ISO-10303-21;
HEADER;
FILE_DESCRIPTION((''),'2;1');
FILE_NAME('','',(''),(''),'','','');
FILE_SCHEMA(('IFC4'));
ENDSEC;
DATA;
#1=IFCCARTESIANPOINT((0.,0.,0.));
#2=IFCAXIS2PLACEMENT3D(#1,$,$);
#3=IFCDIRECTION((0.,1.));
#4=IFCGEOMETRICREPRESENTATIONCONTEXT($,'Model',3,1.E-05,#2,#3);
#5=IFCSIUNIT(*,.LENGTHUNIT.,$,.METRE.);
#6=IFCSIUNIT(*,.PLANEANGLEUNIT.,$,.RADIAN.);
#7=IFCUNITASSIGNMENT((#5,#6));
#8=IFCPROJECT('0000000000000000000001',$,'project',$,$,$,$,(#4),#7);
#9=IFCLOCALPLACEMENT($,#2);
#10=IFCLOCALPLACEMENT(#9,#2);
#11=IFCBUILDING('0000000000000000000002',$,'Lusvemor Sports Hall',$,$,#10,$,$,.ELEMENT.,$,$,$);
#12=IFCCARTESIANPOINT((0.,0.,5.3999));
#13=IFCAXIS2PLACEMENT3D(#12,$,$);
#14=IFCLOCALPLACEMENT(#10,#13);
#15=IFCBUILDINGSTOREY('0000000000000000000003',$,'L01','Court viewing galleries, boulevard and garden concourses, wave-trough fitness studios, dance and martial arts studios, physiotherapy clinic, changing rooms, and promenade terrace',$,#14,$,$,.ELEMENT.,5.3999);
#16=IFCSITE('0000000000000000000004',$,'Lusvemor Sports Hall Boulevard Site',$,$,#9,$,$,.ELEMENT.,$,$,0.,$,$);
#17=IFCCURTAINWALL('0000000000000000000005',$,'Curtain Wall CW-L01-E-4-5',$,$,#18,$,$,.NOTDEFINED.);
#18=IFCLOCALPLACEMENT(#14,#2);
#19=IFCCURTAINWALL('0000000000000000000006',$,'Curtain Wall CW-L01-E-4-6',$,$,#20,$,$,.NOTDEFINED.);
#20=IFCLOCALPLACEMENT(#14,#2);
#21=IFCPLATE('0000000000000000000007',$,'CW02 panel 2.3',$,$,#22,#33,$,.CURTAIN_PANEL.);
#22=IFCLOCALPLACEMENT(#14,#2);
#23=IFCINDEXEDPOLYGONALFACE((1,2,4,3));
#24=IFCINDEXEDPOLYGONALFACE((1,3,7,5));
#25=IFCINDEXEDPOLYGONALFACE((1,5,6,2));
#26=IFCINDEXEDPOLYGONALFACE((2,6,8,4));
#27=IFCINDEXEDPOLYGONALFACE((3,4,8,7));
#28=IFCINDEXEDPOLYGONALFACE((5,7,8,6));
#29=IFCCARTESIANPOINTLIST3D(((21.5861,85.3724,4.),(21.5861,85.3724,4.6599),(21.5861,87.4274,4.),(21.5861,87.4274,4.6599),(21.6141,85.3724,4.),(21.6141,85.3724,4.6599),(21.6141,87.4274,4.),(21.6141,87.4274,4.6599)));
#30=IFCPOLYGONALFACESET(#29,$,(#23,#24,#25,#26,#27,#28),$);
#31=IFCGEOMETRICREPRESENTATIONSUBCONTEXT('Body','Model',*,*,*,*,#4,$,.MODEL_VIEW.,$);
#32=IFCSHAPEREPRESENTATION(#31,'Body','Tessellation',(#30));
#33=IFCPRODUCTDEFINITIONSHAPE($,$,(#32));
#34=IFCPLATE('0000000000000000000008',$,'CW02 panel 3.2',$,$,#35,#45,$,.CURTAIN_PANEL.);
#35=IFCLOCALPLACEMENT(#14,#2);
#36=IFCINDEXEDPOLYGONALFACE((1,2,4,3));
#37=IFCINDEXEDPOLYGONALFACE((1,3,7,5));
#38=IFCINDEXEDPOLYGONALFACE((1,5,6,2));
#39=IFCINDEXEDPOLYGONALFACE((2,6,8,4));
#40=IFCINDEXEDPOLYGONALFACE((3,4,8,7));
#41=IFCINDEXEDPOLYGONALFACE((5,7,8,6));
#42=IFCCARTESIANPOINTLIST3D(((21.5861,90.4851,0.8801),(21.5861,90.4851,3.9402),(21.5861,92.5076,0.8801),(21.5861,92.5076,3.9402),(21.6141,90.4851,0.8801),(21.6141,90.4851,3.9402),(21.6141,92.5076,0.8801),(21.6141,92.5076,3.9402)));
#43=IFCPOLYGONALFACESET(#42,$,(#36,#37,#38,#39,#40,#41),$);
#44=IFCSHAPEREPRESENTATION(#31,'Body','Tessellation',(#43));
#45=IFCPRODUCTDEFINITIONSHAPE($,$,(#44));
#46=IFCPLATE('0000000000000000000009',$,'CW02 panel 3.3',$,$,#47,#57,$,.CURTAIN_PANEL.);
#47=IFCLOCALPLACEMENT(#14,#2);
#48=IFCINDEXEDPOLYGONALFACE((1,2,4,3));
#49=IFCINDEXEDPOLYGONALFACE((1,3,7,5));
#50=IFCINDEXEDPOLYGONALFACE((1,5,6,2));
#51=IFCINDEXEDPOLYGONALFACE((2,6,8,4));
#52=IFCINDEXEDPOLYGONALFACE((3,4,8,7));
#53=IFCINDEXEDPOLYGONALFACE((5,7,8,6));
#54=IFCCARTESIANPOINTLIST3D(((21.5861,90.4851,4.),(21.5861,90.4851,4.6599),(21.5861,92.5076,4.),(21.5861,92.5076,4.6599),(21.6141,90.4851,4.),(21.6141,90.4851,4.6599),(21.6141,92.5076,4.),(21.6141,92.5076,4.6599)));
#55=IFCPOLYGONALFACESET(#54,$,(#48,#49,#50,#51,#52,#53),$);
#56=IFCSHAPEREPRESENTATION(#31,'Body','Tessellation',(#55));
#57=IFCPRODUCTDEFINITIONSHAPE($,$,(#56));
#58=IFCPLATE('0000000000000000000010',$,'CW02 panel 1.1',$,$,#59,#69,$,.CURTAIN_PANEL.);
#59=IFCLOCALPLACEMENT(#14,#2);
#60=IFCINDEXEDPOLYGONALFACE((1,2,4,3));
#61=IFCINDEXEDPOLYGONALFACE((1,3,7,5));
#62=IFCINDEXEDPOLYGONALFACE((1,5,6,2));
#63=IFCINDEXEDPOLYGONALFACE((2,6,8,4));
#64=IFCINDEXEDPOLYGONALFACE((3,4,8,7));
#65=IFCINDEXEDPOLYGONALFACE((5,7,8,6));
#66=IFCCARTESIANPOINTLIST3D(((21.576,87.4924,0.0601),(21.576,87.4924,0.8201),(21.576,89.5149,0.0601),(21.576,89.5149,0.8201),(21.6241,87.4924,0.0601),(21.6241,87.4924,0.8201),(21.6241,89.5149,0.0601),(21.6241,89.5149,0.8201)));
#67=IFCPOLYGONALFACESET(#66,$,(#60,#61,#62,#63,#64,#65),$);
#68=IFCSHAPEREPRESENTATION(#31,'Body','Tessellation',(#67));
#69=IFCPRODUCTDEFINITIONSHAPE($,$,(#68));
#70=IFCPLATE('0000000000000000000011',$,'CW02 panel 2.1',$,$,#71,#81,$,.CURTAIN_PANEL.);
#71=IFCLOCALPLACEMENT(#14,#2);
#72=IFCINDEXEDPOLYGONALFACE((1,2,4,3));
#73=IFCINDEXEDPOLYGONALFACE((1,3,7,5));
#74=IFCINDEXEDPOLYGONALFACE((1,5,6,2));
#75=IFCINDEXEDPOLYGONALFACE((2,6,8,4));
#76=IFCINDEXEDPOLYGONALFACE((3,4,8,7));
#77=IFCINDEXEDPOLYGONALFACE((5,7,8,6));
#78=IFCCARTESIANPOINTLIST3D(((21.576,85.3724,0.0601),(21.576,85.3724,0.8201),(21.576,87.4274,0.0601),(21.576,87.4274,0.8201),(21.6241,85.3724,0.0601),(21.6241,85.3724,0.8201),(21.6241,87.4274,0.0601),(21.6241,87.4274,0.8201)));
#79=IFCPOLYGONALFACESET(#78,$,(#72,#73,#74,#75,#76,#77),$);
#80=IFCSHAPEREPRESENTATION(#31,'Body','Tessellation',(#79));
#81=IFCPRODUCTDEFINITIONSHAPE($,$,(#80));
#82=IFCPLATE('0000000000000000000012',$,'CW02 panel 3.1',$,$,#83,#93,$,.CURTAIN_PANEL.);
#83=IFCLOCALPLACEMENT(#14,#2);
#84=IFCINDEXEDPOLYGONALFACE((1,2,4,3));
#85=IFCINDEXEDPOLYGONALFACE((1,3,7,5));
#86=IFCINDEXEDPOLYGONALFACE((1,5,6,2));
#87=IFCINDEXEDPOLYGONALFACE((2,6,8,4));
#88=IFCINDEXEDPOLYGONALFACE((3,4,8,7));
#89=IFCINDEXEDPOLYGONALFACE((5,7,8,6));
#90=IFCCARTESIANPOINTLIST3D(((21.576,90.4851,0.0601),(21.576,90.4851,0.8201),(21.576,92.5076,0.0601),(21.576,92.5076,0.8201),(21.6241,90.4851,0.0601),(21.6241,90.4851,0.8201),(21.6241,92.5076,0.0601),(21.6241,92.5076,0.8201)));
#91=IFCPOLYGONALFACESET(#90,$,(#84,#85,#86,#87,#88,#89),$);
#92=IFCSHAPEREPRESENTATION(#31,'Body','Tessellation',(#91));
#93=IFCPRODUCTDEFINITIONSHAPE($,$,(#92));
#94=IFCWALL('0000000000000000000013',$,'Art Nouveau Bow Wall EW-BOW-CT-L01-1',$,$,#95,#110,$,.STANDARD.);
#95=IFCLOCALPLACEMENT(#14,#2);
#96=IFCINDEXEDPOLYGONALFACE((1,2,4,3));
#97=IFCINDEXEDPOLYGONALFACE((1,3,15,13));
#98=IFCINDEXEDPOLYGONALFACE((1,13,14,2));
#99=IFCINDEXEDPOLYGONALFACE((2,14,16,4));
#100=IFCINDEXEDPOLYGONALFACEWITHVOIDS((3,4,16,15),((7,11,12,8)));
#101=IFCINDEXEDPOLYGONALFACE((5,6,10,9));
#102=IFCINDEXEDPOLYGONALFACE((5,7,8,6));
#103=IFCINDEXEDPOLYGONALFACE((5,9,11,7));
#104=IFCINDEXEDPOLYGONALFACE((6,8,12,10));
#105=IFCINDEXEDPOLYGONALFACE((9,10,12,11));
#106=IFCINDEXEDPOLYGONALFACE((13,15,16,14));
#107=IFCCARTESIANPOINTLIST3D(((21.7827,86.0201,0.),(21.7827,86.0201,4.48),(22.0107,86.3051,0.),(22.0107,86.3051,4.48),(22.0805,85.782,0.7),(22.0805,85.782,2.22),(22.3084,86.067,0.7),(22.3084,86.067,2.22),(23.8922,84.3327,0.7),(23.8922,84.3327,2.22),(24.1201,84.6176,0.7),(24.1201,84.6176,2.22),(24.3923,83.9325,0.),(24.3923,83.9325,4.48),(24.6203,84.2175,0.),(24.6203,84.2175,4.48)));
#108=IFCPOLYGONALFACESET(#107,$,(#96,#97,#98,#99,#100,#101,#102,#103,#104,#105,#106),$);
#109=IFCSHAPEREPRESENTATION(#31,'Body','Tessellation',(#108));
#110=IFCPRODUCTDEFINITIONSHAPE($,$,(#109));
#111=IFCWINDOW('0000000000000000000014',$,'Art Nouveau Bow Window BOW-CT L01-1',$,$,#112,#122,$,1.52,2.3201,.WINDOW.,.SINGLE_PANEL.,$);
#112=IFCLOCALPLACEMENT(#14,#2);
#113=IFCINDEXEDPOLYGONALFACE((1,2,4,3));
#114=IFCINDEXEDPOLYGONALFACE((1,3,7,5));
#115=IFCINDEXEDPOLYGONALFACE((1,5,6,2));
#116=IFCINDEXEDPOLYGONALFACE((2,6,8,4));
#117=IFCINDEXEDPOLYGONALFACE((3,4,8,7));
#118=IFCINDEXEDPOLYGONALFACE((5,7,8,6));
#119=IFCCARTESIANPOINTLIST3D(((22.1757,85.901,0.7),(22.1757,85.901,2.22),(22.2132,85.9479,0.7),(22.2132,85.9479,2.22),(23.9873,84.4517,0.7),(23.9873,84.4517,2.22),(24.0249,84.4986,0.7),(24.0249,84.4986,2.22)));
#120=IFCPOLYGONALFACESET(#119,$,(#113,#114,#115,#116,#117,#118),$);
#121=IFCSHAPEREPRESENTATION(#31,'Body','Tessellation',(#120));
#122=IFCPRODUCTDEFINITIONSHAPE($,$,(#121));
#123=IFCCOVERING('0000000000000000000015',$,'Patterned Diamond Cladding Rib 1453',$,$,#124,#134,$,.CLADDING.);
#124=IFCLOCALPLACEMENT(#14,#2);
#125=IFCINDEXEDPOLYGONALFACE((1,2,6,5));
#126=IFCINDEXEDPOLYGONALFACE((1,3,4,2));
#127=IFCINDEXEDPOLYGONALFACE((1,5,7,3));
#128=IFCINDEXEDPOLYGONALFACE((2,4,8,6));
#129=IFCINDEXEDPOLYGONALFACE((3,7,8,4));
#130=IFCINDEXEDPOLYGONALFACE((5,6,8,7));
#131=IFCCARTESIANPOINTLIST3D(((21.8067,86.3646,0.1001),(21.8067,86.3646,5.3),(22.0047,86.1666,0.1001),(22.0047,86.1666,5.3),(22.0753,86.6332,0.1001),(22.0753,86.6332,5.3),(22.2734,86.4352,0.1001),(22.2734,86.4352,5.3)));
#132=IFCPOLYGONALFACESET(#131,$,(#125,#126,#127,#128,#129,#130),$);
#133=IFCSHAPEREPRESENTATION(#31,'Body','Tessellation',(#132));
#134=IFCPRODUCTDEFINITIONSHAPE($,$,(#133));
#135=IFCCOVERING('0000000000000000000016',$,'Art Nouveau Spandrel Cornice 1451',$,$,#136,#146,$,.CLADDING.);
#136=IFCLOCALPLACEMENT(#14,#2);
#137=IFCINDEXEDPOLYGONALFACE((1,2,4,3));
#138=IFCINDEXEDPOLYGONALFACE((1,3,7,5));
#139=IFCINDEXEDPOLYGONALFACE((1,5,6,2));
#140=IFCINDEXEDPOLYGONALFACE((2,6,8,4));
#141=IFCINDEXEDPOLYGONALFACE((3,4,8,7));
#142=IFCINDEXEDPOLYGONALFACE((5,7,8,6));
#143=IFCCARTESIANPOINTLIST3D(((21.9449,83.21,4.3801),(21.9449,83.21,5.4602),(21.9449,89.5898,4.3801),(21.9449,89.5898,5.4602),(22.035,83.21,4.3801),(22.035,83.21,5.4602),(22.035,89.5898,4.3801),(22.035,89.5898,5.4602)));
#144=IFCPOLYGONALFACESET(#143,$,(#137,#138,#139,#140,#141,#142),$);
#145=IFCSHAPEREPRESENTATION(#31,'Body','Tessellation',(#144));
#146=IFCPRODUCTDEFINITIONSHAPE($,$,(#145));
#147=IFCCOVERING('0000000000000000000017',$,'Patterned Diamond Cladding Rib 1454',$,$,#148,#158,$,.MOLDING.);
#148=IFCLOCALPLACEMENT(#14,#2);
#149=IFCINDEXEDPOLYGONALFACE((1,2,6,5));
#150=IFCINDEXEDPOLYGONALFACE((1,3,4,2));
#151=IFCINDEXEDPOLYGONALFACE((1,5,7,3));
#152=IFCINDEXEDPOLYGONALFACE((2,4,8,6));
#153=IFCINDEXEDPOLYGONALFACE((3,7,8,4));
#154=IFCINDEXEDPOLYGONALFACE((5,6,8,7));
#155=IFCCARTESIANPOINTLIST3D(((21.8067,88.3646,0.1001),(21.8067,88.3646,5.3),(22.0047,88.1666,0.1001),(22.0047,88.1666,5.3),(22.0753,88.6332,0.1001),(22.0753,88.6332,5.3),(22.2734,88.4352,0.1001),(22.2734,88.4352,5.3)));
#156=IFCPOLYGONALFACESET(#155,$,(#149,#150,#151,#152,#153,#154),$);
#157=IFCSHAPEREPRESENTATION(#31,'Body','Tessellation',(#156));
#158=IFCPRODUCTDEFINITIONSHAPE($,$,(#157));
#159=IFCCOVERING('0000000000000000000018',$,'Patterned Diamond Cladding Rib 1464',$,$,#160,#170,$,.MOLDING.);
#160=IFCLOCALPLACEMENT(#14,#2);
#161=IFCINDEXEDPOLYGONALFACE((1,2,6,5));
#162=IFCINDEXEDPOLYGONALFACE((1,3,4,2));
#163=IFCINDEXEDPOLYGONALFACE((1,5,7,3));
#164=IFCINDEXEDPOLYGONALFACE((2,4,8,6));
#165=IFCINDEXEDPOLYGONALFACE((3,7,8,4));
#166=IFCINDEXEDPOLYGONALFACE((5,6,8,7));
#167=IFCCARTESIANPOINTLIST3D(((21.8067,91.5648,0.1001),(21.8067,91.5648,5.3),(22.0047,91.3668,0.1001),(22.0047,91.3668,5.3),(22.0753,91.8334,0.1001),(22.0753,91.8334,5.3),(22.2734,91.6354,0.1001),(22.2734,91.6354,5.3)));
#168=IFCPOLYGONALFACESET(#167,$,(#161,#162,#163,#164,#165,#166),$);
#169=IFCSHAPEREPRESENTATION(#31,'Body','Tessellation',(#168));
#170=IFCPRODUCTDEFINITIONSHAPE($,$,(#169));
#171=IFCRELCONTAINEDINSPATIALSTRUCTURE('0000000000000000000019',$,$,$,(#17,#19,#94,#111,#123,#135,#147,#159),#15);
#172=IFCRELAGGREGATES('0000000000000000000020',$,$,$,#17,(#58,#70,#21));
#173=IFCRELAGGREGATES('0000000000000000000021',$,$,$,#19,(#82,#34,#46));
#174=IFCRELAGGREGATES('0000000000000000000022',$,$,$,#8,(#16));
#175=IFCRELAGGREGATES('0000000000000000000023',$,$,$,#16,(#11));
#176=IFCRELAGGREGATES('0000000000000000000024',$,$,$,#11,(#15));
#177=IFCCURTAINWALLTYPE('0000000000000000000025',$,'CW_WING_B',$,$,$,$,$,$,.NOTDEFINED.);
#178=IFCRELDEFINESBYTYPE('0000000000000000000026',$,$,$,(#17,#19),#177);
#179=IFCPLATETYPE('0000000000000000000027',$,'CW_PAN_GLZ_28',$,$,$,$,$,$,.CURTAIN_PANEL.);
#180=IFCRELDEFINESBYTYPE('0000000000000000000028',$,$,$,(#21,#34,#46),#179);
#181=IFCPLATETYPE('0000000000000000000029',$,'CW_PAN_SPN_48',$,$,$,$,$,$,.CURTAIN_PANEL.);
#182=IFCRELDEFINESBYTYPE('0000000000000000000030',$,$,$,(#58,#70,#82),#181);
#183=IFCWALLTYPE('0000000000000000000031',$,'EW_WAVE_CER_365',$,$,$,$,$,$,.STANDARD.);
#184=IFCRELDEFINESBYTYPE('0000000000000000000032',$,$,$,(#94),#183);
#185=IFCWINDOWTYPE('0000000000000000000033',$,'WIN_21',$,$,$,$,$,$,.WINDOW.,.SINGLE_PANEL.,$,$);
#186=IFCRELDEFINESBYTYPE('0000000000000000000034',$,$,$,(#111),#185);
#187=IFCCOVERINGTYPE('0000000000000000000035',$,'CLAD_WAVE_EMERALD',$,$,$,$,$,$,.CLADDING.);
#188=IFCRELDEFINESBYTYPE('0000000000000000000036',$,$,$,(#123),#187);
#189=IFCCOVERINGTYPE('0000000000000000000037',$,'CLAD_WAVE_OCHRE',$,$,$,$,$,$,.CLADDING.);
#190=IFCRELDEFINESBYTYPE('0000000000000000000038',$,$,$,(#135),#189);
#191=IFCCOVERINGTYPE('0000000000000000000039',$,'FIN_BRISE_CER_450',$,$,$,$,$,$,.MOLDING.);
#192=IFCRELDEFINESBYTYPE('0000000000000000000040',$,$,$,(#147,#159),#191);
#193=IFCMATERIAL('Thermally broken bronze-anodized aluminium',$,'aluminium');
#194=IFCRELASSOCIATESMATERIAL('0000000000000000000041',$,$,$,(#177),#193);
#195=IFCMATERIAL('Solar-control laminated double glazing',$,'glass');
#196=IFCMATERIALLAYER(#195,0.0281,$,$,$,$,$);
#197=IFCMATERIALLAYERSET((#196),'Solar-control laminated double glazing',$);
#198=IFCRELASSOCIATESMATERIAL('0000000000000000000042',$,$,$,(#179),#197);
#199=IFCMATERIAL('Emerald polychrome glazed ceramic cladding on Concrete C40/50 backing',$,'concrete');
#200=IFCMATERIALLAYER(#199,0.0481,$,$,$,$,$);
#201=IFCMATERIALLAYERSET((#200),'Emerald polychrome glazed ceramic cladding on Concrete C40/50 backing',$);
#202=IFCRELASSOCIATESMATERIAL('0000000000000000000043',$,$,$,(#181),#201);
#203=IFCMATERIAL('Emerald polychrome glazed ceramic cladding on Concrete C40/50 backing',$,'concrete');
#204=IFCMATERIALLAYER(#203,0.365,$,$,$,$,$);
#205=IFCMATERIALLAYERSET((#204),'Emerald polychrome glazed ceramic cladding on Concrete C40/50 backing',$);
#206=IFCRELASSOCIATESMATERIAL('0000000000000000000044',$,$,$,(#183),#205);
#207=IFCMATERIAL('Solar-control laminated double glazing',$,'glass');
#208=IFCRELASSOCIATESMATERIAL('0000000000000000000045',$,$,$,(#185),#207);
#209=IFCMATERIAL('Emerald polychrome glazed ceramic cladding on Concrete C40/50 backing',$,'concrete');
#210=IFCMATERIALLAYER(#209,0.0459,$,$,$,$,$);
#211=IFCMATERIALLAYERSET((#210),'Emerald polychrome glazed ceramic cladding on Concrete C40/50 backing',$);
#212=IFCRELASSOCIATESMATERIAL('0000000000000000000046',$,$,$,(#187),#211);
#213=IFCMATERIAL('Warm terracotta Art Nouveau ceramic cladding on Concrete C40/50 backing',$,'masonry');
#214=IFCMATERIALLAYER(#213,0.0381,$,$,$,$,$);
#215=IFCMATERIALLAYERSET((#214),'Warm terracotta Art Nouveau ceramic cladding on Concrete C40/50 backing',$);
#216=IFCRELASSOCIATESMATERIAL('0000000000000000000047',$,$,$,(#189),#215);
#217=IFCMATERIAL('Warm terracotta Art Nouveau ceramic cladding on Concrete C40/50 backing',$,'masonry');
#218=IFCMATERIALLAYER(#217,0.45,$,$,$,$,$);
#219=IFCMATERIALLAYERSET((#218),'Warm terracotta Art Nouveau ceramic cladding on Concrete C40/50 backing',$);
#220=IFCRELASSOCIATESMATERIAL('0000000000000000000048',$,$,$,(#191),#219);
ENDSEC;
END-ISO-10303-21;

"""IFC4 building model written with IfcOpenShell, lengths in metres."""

from ifc_helpers import new_model, si_unit, direction, frame, frame_2d, origin, origin_2d, place, context, subcontext, project, spatial, rectangle, extrude, material, layer, layer_set, type_object, element, fill, aggregate, save


model = new_model("IFC4")

# Units and contexts
model_context = context("Model", 3, precision=1e-05, world=origin(), true_north=direction((0.0, 1.0)))
body_context = subcontext(model_context, "Body", "Model", "MODEL_VIEW")
ifc_project = project(units=[si_unit("LENGTHUNIT", "METRE"), si_unit("PLANEANGLEUNIT", "RADIAN")], contexts=[model_context])

# Site, building, storey
site_placement = place(None, origin())
site = spatial("IfcSite", under=ifc_project, at=site_placement, Name="Lusvemor Sports Hall Boulevard Site", CompositionType="ELEMENT", RefElevation=0.0)
building_placement = place(site_placement, origin())
building = spatial("IfcBuilding", under=site, at=building_placement, Name="Lusvemor Sports Hall", CompositionType="ELEMENT")
storey_placement = place(building_placement, frame((0.0, 0.0, 5.3999)))
storey = spatial("IfcBuildingStorey", under=building, at=storey_placement, Name="L01", Description="Court viewing galleries, boulevard and garden concourses, wave-trough fitness studios, dance and martial arts studios, physiotherapy clinic, changing rooms, and promenade terrace", CompositionType="ELEMENT", Elevation=5.3999)

# Curtain wall
ifc_material_1 = material(Name="Thermally broken bronze-anodized aluminium", Category="aluminium")
curtain_wall_type = type_object("IfcCurtainWallType", Name="CW_WING_B", PredefinedType="NOTDEFINED", material=ifc_material_1)
curtain_wall_1_placement = place(storey_placement, origin())
curtain_wall_1 = element("IfcCurtainWall", 1, at=curtain_wall_1_placement, inside=storey, type_object=curtain_wall_type, Name="Curtain Wall CW-L01-E-4-5", PredefinedType="NOTDEFINED")

# Curtain wall
curtain_wall_2_placement = place(storey_placement, origin())
curtain_wall_2 = element("IfcCurtainWall", 2, at=curtain_wall_2_placement, inside=storey, type_object=curtain_wall_type, Name="Curtain Wall CW-L01-E-4-6", PredefinedType="NOTDEFINED")

# Plates
ifc_material_2 = material(Name="Solar-control laminated double glazing", Category="glass")
ifc_layer_1 = layer(ifc_material_2, 0.0281)
ifc_layer_set_1 = layer_set([ifc_layer_1], Name="Solar-control laminated double glazing")
plate_type_1 = type_object("IfcPlateType", Name="CW_PAN_GLZ_28", PredefinedType="CURTAIN_PANEL", material=ifc_layer_set_1)
plate_1_placement = place(storey_placement, frame((21.6001, 86.3999, 4.0), z_axis=(0.0, 0.0, 1.0), x_axis=(0.0, -1.0, 0.0)))
plate_1 = element("IfcPlate", 3, at=plate_1_placement, type_object=plate_type_1, Name="CW02 panel 2.3", PredefinedType="CURTAIN_PANEL", context=body_context, shape_type="SweptSolid", body=[
    extrude(rectangle(XDim=2.0549, YDim=0.0281, at=origin_2d()), origin(), (0.0, 0.0, 1.0), 0.6599),
])
plate_2_placement = place(storey_placement, frame((21.6001, 91.4963, 0.8801), z_axis=(0.0, 0.0, 1.0), x_axis=(0.0, -1.0, 0.0)))
plate_2 = element("IfcPlate", 4, at=plate_2_placement, type_object=plate_type_1, Name="CW02 panel 3.2", PredefinedType="CURTAIN_PANEL", context=body_context, shape_type="SweptSolid", body=[
    extrude(rectangle(XDim=2.0225, YDim=0.0281, at=origin_2d()), origin(), (0.0, 0.0, 1.0), 3.0601),
])
plate_3_placement = place(storey_placement, frame((21.6001, 91.4963, 4.0), z_axis=(0.0, 0.0, 1.0), x_axis=(0.0, -1.0, 0.0)))
plate_3 = element("IfcPlate", 5, at=plate_3_placement, type_object=plate_type_1, Name="CW02 panel 3.3", PredefinedType="CURTAIN_PANEL", context=body_context, shape_type="SweptSolid", body=[
    extrude(rectangle(XDim=2.0225, YDim=0.0281, at=origin_2d()), origin(), (0.0, 0.0, 1.0), 0.6599),
])
ifc_material_3 = material(Name="Emerald polychrome glazed ceramic cladding on Concrete C40/50 backing", Category="concrete")
ifc_layer_2 = layer(ifc_material_3, 0.0481)
ifc_layer_set_2 = layer_set([ifc_layer_2], Name="Emerald polychrome glazed ceramic cladding on Concrete C40/50 backing")
plate_type_2 = type_object("IfcPlateType", Name="CW_PAN_SPN_48", PredefinedType="CURTAIN_PANEL", material=ifc_layer_set_2)
plate_4_placement = place(storey_placement, frame((21.6001, 88.5037, 0.0601), z_axis=(0.0, 0.0, 1.0), x_axis=(0.0, -1.0, 0.0)))
plate_4 = element("IfcPlate", 6, at=plate_4_placement, type_object=plate_type_2, Name="CW02 panel 1.1", PredefinedType="CURTAIN_PANEL", context=body_context, shape_type="SweptSolid", body=[
    extrude(rectangle(XDim=2.0225, YDim=0.0481, at=origin_2d()), origin(), (0.0, 0.0, 1.0), 0.76),
])
plate_5_placement = place(storey_placement, frame((21.6001, 86.3999, 0.0601), z_axis=(0.0, 0.0, 1.0), x_axis=(0.0, -1.0, 0.0)))
plate_5 = element("IfcPlate", 7, at=plate_5_placement, type_object=plate_type_2, Name="CW02 panel 2.1", PredefinedType="CURTAIN_PANEL", context=body_context, shape_type="SweptSolid", body=[
    extrude(rectangle(XDim=2.0549, YDim=0.0481, at=origin_2d()), origin(), (0.0, 0.0, 1.0), 0.76),
])
aggregate(curtain_wall_1, [plate_4, plate_5, plate_1])
plate_6_placement = place(storey_placement, frame((21.6001, 91.4963, 0.0601), z_axis=(0.0, 0.0, 1.0), x_axis=(0.0, -1.0, 0.0)))
plate_6 = element("IfcPlate", 8, at=plate_6_placement, type_object=plate_type_2, Name="CW02 panel 3.1", PredefinedType="CURTAIN_PANEL", context=body_context, shape_type="SweptSolid", body=[
    extrude(rectangle(XDim=2.0225, YDim=0.0481, at=origin_2d()), origin(), (0.0, 0.0, 1.0), 0.76),
])
aggregate(curtain_wall_2, [plate_6, plate_2, plate_3])

# Wall, opening, window
ifc_material_4 = material(Name="Emerald polychrome glazed ceramic cladding on Concrete C40/50 backing", Category="concrete")
ifc_layer_3 = layer(ifc_material_4, 0.365)
ifc_layer_set_3 = layer_set([ifc_layer_3], Name="Emerald polychrome glazed ceramic cladding on Concrete C40/50 backing")
wall_type = type_object("IfcWallType", Name="EW_WAVE_CER_365", PredefinedType="STANDARD", material=ifc_layer_set_3)
wall_placement = place(storey_placement, frame((21.8967, 86.1626, 0.0), z_axis=(0.0, 0.0, 1.0), x_axis=(0.780876, -0.624686, 0.0)))
wall = element("IfcWall", 9, at=wall_placement, inside=storey, type_object=wall_type, Name="Art Nouveau Bow Wall EW-BOW-CT-L01-1", PredefinedType="STANDARD", context=body_context, shape_type="SweptSolid", body=[
    extrude(rectangle(XDim=3.3418, YDim=0.365, at=frame_2d((1.6709, 0.0))), origin(), (0.0, 0.0, 1.0), 4.48),
])
opening_placement = place(wall_placement, frame((0.3811, 0.0, 0.7)))
opening = element("IfcOpeningElement", 10, at=opening_placement, cuts=wall, PredefinedType="OPENING", context=body_context, shape_type="SweptSolid", body=[
    extrude(rectangle(XDim=2.3201, YDim=1.52, at=frame_2d((1.1602, 0.76))), frame((0.0, 0.1826, 0.0), z_axis=(0.0, -1.0, 0.0), x_axis=(1.0, 0.0, 0.0)), (0.0, 0.0, 1.0), 0.365),
])
ifc_material_5 = material(Name="Solar-control laminated double glazing", Category="glass")
window_type = type_object("IfcWindowType", Name="WIN_21", PartitioningType="SINGLE_PANEL", PredefinedType="WINDOW", material=ifc_material_5)
window_placement = place(opening_placement, origin())
window = element("IfcWindow", 11, at=window_placement, inside=storey, type_object=window_type, Name="Art Nouveau Bow Window BOW-CT L01-1", OverallHeight=1.52, OverallWidth=2.3201, PartitioningType="SINGLE_PANEL", PredefinedType="WINDOW", context=body_context, shape_type="SweptSolid", body=[
    extrude(rectangle(XDim=2.3201, YDim=1.52, at=frame_2d((1.1602, 0.76))), frame((0.0, 0.03, 0.0), z_axis=(0.0, -1.0, 0.0), x_axis=(1.0, 0.0, 0.0)), (0.0, 0.0, 1.0), 0.0601),
])
fill(opening, window)

# Coverings
ifc_material_6 = material(Name="Emerald polychrome glazed ceramic cladding on Concrete C40/50 backing", Category="concrete")
ifc_layer_4 = layer(ifc_material_6, 0.0459)
ifc_layer_set_4 = layer_set([ifc_layer_4], Name="Emerald polychrome glazed ceramic cladding on Concrete C40/50 backing")
covering_type_1 = type_object("IfcCoveringType", Name="CLAD_WAVE_EMERALD", PredefinedType="CLADDING", material=ifc_layer_set_4)
covering_1_placement = place(storey_placement, frame((22.04, 86.3999, 0.1001), z_axis=(0.0, 0.0, 1.0), x_axis=(0.707107, 0.707107, 0.0)))
element("IfcCovering", 12, at=covering_1_placement, inside=storey, type_object=covering_type_1, Name="Patterned Diamond Cladding Rib 1453", PredefinedType="CLADDING", context=body_context, shape_type="SweptSolid", body=[
    extrude(rectangle(XDim=0.3799, YDim=0.28, at=origin_2d()), origin(), (0.0, 0.0, 1.0), 5.2),
])
ifc_material_7 = material(Name="Warm terracotta Art Nouveau ceramic cladding on Concrete C40/50 backing", Category="masonry")
ifc_layer_5 = layer(ifc_material_7, 0.0381)
ifc_layer_set_5 = layer_set([ifc_layer_5], Name="Warm terracotta Art Nouveau ceramic cladding on Concrete C40/50 backing")
covering_type_2 = type_object("IfcCoveringType", Name="CLAD_WAVE_OCHRE", PredefinedType="CLADDING", material=ifc_layer_set_5)
covering_2_placement = place(storey_placement, frame((21.99, 86.3999, 4.3801), z_axis=(0.0, 0.0, 1.0), x_axis=(1.0, 0.0, 0.0)))
element("IfcCovering", 13, at=covering_2_placement, inside=storey, type_object=covering_type_2, Name="Art Nouveau Spandrel Cornice 1451", PredefinedType="CLADDING", context=body_context, shape_type="SweptSolid", body=[
    extrude(rectangle(XDim=0.0901, YDim=6.3799, at=origin_2d()), origin(), (0.0, 0.0, 1.0), 1.0801),
])
ifc_material_8 = material(Name="Warm terracotta Art Nouveau ceramic cladding on Concrete C40/50 backing", Category="masonry")
ifc_layer_6 = layer(ifc_material_8, 0.45)
ifc_layer_set_6 = layer_set([ifc_layer_6], Name="Warm terracotta Art Nouveau ceramic cladding on Concrete C40/50 backing")
covering_type_3 = type_object("IfcCoveringType", Name="FIN_BRISE_CER_450", PredefinedType="MOLDING", material=ifc_layer_set_6)
for number, where, z_axis, x_axis, name in (
    (14, (22.04, 88.3999, 0.1001), (0.0, 0.0, 1.0), (0.707107, 0.707107, 0.0), "Patterned Diamond Cladding Rib 1454"),
    (15, (22.04, 91.6001, 0.1001), (0.0, 0.0, 1.0), (0.707107, 0.707107, 0.0), "Patterned Diamond Cladding Rib 1464"),
):
    element("IfcCovering", number, at=place(storey_placement, frame(where, z_axis=z_axis, x_axis=x_axis)), inside=storey, type_object=covering_type_3, Name=name, PredefinedType="MOLDING", context=body_context, shape_type="SweptSolid", body=[
        extrude(rectangle(XDim=0.3799, YDim=0.28, at=origin_2d()), origin(), (0.0, 0.0, 1.0), 5.2),
    ])

save(model, "model.ifc")
